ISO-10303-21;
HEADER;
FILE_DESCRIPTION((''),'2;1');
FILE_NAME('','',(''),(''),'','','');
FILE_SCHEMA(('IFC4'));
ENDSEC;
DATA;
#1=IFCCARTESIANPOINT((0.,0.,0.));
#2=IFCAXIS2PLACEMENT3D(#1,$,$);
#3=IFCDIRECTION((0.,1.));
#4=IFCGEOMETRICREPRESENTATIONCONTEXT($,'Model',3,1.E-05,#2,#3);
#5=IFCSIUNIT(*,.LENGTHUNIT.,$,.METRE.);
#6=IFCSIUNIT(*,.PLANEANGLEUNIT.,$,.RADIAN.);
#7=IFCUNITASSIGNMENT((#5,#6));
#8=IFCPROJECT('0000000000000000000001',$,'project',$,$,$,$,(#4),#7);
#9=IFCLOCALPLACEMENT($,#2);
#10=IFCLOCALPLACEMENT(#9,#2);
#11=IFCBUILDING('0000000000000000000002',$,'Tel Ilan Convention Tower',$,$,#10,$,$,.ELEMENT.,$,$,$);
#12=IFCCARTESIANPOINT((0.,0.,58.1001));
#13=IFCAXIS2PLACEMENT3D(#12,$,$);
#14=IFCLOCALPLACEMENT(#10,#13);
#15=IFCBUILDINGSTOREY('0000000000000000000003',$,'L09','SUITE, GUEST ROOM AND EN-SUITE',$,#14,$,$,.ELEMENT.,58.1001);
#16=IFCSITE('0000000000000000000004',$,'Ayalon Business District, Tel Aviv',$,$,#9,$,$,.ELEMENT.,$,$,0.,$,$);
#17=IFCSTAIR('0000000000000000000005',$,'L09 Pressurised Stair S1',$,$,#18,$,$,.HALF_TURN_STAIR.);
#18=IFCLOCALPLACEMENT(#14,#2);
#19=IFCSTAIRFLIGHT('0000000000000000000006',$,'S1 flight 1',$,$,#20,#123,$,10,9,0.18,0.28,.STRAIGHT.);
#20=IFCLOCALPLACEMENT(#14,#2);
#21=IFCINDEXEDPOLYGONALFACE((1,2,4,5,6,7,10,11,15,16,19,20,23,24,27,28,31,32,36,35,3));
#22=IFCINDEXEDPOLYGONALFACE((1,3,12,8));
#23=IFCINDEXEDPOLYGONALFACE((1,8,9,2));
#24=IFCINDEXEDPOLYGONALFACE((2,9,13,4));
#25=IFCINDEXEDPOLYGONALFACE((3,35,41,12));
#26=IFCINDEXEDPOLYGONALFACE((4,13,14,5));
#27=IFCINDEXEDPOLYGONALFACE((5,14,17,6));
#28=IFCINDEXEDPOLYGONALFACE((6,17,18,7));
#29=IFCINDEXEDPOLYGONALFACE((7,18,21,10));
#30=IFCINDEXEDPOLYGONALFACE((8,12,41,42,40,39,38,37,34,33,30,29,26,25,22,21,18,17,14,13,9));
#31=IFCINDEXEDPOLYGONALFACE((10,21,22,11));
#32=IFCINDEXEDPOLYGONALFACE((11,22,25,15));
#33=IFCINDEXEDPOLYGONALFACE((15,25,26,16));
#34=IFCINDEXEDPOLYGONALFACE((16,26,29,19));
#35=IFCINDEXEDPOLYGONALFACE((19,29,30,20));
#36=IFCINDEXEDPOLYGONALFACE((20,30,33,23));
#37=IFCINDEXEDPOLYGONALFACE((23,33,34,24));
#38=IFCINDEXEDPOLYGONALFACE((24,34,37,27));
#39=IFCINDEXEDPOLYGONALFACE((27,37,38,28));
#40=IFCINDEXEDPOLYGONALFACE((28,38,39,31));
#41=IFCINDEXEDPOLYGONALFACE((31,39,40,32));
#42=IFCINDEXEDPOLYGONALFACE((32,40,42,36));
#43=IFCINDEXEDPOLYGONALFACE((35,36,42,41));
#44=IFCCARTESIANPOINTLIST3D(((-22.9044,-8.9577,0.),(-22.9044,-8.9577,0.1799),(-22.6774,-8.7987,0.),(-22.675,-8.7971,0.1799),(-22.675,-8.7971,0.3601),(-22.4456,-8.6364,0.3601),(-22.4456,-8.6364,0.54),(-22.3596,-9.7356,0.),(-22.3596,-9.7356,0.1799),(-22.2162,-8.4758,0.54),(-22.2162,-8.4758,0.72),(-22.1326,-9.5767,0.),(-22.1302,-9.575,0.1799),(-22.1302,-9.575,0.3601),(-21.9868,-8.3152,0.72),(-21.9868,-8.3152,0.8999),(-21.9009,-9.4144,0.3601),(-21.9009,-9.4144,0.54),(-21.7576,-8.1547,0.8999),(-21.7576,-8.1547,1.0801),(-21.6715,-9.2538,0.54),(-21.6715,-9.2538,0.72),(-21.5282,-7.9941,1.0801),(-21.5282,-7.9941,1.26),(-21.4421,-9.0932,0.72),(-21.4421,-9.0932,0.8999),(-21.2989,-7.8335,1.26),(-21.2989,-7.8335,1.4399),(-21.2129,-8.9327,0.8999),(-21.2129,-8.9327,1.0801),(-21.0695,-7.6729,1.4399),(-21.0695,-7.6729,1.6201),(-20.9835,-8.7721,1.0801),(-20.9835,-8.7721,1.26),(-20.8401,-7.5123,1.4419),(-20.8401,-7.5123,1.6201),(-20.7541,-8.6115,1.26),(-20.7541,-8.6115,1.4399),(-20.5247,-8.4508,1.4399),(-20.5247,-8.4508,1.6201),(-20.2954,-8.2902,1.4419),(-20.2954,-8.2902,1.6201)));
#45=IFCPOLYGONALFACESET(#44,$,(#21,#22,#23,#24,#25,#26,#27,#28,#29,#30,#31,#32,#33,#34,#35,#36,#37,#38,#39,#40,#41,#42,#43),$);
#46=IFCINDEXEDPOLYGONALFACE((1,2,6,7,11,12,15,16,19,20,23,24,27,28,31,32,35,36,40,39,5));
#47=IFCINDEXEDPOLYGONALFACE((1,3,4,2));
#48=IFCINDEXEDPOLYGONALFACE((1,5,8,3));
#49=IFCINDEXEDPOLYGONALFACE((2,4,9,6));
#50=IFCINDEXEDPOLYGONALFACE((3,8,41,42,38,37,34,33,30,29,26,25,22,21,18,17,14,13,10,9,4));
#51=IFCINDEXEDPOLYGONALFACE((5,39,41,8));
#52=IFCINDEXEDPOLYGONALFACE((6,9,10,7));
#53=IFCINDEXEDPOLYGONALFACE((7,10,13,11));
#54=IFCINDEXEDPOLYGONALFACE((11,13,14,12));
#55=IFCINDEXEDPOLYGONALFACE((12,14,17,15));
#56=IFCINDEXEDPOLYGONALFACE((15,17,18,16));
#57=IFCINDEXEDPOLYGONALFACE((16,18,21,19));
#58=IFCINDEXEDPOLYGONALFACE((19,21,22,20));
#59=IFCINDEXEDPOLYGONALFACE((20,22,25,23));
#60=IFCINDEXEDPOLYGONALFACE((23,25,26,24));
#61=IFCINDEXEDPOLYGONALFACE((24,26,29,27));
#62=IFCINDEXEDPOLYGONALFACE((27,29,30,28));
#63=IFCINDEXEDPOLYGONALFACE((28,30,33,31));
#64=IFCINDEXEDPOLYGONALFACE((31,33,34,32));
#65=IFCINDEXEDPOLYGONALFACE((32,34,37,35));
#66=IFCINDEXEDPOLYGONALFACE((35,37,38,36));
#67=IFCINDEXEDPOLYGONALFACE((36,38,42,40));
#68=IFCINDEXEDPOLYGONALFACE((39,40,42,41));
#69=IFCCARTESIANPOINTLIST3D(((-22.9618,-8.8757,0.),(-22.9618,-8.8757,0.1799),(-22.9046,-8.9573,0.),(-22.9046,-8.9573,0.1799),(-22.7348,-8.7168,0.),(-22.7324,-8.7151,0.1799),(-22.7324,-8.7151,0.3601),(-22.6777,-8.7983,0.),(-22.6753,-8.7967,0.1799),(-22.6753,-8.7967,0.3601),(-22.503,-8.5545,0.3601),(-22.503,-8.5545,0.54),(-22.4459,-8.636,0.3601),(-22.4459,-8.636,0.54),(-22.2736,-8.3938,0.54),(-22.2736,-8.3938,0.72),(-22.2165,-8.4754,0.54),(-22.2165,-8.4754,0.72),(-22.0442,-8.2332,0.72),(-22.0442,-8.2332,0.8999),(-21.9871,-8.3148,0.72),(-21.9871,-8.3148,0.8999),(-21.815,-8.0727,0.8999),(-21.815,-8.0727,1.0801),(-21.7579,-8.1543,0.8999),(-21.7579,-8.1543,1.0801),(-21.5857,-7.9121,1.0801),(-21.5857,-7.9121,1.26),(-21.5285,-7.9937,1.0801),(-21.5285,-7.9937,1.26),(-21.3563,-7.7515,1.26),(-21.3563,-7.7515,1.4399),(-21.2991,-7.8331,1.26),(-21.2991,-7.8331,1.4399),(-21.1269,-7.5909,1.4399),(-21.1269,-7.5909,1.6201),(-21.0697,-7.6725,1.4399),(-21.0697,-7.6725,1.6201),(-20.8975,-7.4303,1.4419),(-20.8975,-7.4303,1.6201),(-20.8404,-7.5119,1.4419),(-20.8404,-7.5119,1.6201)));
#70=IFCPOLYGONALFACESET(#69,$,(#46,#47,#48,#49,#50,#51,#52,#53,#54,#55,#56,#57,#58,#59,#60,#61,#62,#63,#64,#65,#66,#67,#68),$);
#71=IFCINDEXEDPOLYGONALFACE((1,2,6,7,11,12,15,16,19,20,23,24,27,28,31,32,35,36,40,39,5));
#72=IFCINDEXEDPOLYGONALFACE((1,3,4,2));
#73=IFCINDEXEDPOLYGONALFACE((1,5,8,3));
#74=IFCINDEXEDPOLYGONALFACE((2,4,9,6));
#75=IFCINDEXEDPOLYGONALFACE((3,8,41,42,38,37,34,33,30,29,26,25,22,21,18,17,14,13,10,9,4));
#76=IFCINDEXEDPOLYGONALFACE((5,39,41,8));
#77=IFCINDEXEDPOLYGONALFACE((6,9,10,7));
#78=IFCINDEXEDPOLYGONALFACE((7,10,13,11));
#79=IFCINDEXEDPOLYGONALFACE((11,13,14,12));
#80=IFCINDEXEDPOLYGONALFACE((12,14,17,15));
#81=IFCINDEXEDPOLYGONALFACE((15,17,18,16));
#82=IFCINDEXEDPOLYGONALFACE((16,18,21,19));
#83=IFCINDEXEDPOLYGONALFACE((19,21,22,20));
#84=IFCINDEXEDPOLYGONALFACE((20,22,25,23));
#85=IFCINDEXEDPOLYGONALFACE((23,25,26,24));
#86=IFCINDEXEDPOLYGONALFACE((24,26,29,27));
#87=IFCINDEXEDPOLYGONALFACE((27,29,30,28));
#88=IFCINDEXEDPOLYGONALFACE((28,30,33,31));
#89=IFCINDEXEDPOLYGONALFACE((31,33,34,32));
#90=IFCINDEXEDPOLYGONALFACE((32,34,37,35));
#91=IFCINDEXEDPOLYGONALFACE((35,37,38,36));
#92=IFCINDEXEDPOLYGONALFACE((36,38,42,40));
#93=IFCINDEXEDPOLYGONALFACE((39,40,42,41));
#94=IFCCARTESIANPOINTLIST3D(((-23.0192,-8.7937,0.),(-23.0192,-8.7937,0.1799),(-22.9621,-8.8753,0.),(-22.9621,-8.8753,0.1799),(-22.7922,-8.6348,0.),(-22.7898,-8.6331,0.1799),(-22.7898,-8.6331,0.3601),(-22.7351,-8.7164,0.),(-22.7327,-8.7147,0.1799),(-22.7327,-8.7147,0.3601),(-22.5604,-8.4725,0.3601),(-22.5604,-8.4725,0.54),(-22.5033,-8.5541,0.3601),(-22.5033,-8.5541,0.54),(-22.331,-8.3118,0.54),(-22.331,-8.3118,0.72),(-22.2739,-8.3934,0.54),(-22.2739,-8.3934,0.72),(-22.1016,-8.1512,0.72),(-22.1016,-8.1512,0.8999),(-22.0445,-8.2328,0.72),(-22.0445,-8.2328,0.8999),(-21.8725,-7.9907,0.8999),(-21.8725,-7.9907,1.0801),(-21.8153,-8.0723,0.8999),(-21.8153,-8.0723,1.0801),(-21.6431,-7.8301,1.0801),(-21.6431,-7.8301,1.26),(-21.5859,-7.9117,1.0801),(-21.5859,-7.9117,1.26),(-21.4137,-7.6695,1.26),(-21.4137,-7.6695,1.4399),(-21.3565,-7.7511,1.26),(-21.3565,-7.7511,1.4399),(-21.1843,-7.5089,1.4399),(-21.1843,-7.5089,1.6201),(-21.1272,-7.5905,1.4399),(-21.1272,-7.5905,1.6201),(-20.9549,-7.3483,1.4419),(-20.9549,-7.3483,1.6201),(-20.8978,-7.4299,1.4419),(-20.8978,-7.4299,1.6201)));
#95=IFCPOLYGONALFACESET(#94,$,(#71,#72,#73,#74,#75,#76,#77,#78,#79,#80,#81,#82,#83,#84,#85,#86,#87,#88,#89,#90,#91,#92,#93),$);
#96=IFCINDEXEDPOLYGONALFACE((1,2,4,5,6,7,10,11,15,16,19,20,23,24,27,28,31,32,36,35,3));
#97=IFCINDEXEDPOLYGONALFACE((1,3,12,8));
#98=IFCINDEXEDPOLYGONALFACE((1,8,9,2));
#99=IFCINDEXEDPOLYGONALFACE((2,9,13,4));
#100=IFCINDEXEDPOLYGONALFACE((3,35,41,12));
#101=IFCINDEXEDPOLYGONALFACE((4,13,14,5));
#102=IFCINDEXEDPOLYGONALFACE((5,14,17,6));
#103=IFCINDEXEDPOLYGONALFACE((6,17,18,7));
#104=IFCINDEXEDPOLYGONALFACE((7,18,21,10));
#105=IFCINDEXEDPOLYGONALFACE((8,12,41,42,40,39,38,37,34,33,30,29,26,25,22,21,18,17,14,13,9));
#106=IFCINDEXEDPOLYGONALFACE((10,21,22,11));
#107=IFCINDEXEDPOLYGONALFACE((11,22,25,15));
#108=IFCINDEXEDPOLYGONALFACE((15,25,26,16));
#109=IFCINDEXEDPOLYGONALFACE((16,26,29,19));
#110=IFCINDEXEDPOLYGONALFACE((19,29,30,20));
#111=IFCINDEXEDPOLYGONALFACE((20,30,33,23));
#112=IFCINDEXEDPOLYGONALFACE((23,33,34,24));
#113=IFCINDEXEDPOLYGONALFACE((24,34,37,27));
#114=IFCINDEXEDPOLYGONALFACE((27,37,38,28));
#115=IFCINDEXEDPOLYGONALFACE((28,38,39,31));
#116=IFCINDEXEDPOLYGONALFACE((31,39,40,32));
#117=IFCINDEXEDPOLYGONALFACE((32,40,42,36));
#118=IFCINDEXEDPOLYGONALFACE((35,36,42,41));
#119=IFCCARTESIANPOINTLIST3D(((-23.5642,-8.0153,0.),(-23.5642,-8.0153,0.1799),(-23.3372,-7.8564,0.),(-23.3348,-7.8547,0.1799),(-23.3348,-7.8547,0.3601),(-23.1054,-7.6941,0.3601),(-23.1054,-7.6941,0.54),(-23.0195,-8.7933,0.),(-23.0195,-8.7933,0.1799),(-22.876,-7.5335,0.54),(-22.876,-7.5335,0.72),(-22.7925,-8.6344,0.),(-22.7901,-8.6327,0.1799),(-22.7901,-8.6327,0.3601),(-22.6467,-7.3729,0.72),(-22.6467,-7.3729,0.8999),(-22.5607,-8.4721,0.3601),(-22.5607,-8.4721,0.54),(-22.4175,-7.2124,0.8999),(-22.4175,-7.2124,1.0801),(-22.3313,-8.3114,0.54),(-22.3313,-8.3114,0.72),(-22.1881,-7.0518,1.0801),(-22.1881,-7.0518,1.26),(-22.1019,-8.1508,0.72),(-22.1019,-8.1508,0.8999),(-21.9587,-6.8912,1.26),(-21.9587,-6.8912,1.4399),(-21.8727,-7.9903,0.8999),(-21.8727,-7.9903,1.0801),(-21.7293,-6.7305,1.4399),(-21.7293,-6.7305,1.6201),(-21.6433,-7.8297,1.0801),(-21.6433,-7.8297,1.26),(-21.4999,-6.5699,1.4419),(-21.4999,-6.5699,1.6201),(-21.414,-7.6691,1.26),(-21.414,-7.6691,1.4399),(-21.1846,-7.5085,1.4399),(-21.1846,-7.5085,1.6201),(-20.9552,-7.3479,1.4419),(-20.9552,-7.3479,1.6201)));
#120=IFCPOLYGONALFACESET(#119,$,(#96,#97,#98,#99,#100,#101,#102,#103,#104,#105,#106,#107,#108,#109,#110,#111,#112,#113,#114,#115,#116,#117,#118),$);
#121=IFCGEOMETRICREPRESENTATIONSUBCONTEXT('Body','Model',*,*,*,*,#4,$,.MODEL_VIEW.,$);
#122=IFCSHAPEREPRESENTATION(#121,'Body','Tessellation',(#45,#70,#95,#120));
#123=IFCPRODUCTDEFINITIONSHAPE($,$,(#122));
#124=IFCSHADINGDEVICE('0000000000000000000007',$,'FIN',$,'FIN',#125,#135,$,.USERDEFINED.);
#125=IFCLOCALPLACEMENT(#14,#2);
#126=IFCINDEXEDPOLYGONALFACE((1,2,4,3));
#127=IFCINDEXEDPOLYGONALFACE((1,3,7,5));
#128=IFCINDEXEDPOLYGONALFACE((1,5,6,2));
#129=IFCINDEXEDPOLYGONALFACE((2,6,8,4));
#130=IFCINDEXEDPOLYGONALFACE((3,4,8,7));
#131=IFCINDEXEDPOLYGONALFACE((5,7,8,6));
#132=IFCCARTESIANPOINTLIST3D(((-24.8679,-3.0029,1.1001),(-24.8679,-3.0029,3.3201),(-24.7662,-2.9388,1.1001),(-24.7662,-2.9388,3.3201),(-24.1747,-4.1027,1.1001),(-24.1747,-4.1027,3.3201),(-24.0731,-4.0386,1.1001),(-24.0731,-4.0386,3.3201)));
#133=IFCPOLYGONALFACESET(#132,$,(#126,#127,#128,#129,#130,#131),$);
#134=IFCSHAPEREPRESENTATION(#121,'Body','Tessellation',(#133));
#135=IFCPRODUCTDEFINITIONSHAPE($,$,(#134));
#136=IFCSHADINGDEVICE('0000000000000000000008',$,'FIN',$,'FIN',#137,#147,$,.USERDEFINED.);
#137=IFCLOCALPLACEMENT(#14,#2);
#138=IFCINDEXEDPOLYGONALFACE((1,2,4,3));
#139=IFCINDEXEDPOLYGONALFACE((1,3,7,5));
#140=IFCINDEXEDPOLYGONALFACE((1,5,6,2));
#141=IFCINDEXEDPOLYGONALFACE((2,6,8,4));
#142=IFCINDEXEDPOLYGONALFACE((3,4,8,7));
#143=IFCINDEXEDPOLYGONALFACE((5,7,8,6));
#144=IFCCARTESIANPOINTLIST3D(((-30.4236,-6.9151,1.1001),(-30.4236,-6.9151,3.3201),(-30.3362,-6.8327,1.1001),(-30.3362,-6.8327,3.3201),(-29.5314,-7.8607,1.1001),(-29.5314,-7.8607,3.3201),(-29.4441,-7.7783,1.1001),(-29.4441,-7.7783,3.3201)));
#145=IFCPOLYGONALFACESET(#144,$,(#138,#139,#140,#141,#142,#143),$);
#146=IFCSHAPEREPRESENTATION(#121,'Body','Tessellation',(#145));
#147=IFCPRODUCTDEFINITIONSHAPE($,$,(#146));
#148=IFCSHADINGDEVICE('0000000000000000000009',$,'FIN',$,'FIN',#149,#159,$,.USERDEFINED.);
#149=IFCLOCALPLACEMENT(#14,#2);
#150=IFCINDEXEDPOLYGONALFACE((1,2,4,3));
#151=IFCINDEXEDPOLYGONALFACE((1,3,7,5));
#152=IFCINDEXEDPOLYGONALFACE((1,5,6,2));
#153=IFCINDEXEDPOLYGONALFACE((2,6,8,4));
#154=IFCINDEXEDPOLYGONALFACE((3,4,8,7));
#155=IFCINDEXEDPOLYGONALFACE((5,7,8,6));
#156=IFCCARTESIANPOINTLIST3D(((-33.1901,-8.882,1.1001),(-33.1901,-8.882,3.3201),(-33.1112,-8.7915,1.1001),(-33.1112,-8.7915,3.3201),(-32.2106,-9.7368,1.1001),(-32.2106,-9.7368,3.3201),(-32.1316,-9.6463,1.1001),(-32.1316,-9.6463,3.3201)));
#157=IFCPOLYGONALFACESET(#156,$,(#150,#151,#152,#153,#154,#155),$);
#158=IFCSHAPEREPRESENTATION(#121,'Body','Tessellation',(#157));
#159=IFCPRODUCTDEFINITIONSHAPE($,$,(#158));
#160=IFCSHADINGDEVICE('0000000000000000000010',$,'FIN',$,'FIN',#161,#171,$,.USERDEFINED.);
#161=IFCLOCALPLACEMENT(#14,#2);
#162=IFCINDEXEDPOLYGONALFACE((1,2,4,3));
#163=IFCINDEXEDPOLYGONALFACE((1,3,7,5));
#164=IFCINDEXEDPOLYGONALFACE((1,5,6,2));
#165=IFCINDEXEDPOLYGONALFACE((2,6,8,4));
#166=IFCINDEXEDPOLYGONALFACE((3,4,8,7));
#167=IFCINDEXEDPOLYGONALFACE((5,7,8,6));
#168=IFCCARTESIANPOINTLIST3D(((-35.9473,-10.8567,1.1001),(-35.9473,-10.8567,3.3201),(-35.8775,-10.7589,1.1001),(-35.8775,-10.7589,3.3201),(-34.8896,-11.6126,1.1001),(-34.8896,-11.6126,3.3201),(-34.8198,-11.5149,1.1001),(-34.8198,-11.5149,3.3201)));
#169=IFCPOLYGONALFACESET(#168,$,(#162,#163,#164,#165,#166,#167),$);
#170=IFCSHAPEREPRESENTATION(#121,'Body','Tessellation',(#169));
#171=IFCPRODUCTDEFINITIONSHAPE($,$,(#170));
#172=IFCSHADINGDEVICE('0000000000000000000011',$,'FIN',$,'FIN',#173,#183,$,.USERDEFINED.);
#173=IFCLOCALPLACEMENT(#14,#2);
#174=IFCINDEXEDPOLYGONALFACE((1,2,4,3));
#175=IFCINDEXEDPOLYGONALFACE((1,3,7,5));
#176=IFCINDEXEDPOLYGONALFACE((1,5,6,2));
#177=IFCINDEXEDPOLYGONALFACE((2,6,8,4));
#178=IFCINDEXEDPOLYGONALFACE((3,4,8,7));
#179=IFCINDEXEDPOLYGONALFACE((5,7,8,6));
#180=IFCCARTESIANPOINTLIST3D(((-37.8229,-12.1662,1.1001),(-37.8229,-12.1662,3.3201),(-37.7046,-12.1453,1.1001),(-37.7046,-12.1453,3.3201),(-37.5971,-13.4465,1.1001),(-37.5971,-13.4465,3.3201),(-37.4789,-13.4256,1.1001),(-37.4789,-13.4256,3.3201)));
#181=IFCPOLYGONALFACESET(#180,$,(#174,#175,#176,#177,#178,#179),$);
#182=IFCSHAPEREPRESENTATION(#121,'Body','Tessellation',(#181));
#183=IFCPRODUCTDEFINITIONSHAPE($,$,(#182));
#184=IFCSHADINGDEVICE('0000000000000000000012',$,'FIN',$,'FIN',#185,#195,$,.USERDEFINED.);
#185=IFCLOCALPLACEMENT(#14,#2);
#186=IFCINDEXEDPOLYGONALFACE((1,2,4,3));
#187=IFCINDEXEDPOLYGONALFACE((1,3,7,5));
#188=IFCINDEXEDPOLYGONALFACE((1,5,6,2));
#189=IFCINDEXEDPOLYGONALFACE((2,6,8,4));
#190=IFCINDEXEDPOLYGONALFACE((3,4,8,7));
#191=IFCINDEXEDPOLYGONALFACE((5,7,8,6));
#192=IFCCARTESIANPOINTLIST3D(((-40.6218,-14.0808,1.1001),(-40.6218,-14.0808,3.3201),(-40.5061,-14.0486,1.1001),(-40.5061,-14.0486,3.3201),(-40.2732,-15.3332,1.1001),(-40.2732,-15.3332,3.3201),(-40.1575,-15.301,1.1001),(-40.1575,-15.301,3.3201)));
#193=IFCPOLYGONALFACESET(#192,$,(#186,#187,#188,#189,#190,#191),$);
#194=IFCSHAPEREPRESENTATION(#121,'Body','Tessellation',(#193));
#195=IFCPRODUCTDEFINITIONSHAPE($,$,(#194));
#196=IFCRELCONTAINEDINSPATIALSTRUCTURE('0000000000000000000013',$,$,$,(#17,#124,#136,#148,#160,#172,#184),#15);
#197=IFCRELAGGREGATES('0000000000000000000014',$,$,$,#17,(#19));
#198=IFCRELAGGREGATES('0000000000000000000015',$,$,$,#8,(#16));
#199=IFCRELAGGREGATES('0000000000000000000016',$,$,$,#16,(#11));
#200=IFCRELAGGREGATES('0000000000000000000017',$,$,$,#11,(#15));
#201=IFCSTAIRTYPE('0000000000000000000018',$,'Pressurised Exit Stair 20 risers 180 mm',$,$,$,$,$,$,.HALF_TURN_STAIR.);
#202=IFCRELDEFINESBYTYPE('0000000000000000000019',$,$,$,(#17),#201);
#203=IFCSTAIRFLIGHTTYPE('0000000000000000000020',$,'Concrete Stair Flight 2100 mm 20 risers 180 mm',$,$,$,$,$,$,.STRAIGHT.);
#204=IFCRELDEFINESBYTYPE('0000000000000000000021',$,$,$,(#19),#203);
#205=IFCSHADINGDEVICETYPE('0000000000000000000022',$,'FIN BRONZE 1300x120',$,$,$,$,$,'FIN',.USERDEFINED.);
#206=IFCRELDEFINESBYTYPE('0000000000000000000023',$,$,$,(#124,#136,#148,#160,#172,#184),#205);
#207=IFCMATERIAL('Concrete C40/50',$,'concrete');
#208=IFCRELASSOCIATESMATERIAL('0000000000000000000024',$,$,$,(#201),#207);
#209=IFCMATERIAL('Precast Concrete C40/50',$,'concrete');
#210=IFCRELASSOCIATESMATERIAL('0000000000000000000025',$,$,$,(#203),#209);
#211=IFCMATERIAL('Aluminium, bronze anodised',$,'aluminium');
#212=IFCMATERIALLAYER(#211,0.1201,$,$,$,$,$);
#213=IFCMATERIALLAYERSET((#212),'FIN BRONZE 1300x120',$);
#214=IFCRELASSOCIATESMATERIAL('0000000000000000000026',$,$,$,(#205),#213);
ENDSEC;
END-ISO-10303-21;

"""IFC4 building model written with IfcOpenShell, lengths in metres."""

from ifc_helpers import new_model, si_unit, direction, frame, origin, origin_2d, place, context, subcontext, project, spatial, polyline, rectangle, outline, extrude, material, layer, layer_set, type_object, element, aggregate, save


model = new_model("IFC4")

# Units and contexts
model_context = context("Model", 3, precision=1e-05, world=origin(), true_north=direction((0.0, 1.0)))
body_context = subcontext(model_context, "Body", "Model", "MODEL_VIEW")
ifc_project = project(units=[si_unit("LENGTHUNIT", "METRE"), si_unit("PLANEANGLEUNIT", "RADIAN")], contexts=[model_context])

# Site, building, storey
site_placement = place(None, origin())
site = spatial("IfcSite", under=ifc_project, at=site_placement, Name="Ayalon Business District, Tel Aviv", CompositionType="ELEMENT", RefElevation=0.0)
building_placement = place(site_placement, origin())
building = spatial("IfcBuilding", under=site, at=building_placement, Name="Tel Ilan Convention Tower", CompositionType="ELEMENT")
storey_placement = place(building_placement, frame((0.0, 0.0, 58.1001)))
storey = spatial("IfcBuildingStorey", under=building, at=storey_placement, Name="L09", Description="SUITE, GUEST ROOM AND EN-SUITE", CompositionType="ELEMENT", Elevation=58.1001)

# Stair, stair flight
ifc_material_1 = material(Name="Concrete C40/50", Category="concrete")
stair_type = type_object("IfcStairType", Name="Pressurised Exit Stair 20 risers 180 mm", PredefinedType="HALF_TURN_STAIR", material=ifc_material_1)
stair_placement = place(storey_placement, origin())
stair = element("IfcStair", 1, at=stair_placement, inside=storey, type_object=stair_type, Name="L09 Pressurised Stair S1", PredefinedType="HALF_TURN_STAIR")
ifc_material_2 = material(Name="Precast Concrete C40/50", Category="concrete")
stair_flight_type = type_object("IfcStairFlightType", Name="Concrete Stair Flight 2100 mm 20 risers 180 mm", PredefinedType="STRAIGHT", material=ifc_material_2)
stair_flight_placement = place(storey_placement, frame((-22.9619, -8.8755, 0.0), z_axis=(0.0, 0.0, 1.0), x_axis=(0.819152, 0.573576, 0.0)))
stair_flight = element("IfcStairFlight", 2, at=stair_flight_placement, type_object=stair_flight_type, Name="S1 flight 1", NumberOfRisers=10, NumberOfTreads=9, PredefinedType="STRAIGHT", RiserHeight=0.18, TreadLength=0.28, context=body_context, shape_type="SweptSolid", body=[
    extrude(outline(polyline([(0.0, 0.0), (0.0, 0.1799), (0.28, 0.1799), (0.28, 0.3601), (0.5601, 0.3601), (0.5601, 0.54), (0.8401, 0.54), (0.8401, 0.72), (1.1201, 0.72), (1.1201, 0.8999), (1.3999, 0.8999), (1.3999, 1.0801), (1.6799, 1.0801), (1.6799, 1.26), (1.96, 1.26), (1.96, 1.4399), (2.24, 1.4399), (2.24, 1.6201), (2.52, 1.6201), (2.52, 1.8), (2.52, 1.4419), (0.2771, 0.0), (0.0, 0.0)])), frame((0.0, -0.1003, 0.0), z_axis=(0.0, -1.0, 0.0), x_axis=(1.0, 0.0, 0.0)), (0.0, 0.0, 1.0), 0.9497),
    extrude(outline(polyline([(0.0, 0.0), (0.0, 0.1799), (0.28, 0.1799), (0.28, 0.3601), (0.5601, 0.3601), (0.5601, 0.54), (0.8401, 0.54), (0.8401, 0.72), (1.1201, 0.72), (1.1201, 0.8999), (1.3999, 0.8999), (1.3999, 1.0801), (1.6799, 1.0801), (1.6799, 1.26), (1.96, 1.26), (1.96, 1.4399), (2.24, 1.4399), (2.24, 1.6201), (2.52, 1.6201), (2.52, 1.8), (2.52, 1.4419), (0.2771, 0.0), (0.0, 0.0)])), frame((0.0, -0.0002, 0.0), z_axis=(0.0, -1.0, 0.0), x_axis=(1.0, 0.0, 0.0)), (0.0, 0.0, 1.0), 0.0996),
    extrude(outline(polyline([(0.0, 0.0), (0.0, 0.1799), (0.28, 0.1799), (0.28, 0.3601), (0.5601, 0.3601), (0.5601, 0.54), (0.8401, 0.54), (0.8401, 0.72), (1.1201, 0.72), (1.1201, 0.8999), (1.3999, 0.8999), (1.3999, 1.0801), (1.6799, 1.0801), (1.6799, 1.26), (1.96, 1.26), (1.96, 1.4399), (2.24, 1.4399), (2.24, 1.6201), (2.52, 1.6201), (2.52, 1.8), (2.52, 1.4419), (0.2771, 0.0), (0.0, 0.0)])), frame((0.0, 0.0999, 0.0), z_axis=(0.0, -1.0, 0.0), x_axis=(1.0, 0.0, 0.0)), (0.0, 0.0, 1.0), 0.0996),
    extrude(outline(polyline([(0.0, 0.0), (0.0, 0.1799), (0.28, 0.1799), (0.28, 0.3601), (0.5601, 0.3601), (0.5601, 0.54), (0.8401, 0.54), (0.8401, 0.72), (1.1201, 0.72), (1.1201, 0.8999), (1.3999, 0.8999), (1.3999, 1.0801), (1.6799, 1.0801), (1.6799, 1.26), (1.96, 1.26), (1.96, 1.4399), (2.24, 1.4399), (2.24, 1.6201), (2.52, 1.6201), (2.52, 1.8), (2.52, 1.4419), (0.2771, 0.0), (0.0, 0.0)])), frame((0.0, 1.05, 0.0), z_axis=(0.0, -1.0, 0.0), x_axis=(1.0, 0.0, 0.0)), (0.0, 0.0, 1.0), 0.9497),
])
aggregate(stair, [stair_flight])

# Shading devices
ifc_material_3 = material(Name="Aluminium, bronze anodised", Category="aluminium")
ifc_layer_1 = layer(ifc_material_3, 0.1201)
ifc_layer_set_1 = layer_set([ifc_layer_1], Name="FIN BRONZE 1300x120")
shading_device_type = type_object("IfcShadingDeviceType", Name="FIN BRONZE 1300x120", ElementType="FIN", PredefinedType="USERDEFINED", material=ifc_layer_set_1)
for number, where, z_axis, x_axis, name in (
    (3, (-24.4705, -3.5208, 1.1001), (0.0, 0.0, 1.0), (-0.533204, 0.845986, 0.0), "FIN"),
    (4, (-29.9338, -7.3467, 1.1001), (0.0, 0.0, 1.0), (-0.686242, 0.727374, 0.0), "FIN"),
    (5, (-32.6609, -9.2642, 1.1001), (0.0, 0.0, 1.0), (-0.753436, 0.657521, 0.0), "FIN"),
    (6, (-35.3835, -11.1858, 1.1001), (0.0, 0.0, 1.0), (-0.813552, 0.581492, 0.0), "FIN"),
    (7, (-37.6509, -12.7959, 1.1001), (0.0, 0.0, 1.0), (-0.173648, 0.984808, 0.0), "FIN"),
    (8, (-40.3896, -14.6909, 1.1001), (0.0, 0.0, 1.0), (-0.268173, 0.963371, 0.0), "FIN"),
):
    element("IfcShadingDevice", number, at=place(storey_placement, frame(where, z_axis=z_axis, x_axis=x_axis)), inside=storey, type_object=shading_device_type, Name=name, ObjectType="FIN", PredefinedType="USERDEFINED", context=body_context, shape_type="SweptSolid", body=[
        extrude(rectangle(XDim=1.3, YDim=0.1201, at=origin_2d()), origin(), (0.0, 0.0, 1.0), 2.22),
    ])

save(model, "model.ifc")
